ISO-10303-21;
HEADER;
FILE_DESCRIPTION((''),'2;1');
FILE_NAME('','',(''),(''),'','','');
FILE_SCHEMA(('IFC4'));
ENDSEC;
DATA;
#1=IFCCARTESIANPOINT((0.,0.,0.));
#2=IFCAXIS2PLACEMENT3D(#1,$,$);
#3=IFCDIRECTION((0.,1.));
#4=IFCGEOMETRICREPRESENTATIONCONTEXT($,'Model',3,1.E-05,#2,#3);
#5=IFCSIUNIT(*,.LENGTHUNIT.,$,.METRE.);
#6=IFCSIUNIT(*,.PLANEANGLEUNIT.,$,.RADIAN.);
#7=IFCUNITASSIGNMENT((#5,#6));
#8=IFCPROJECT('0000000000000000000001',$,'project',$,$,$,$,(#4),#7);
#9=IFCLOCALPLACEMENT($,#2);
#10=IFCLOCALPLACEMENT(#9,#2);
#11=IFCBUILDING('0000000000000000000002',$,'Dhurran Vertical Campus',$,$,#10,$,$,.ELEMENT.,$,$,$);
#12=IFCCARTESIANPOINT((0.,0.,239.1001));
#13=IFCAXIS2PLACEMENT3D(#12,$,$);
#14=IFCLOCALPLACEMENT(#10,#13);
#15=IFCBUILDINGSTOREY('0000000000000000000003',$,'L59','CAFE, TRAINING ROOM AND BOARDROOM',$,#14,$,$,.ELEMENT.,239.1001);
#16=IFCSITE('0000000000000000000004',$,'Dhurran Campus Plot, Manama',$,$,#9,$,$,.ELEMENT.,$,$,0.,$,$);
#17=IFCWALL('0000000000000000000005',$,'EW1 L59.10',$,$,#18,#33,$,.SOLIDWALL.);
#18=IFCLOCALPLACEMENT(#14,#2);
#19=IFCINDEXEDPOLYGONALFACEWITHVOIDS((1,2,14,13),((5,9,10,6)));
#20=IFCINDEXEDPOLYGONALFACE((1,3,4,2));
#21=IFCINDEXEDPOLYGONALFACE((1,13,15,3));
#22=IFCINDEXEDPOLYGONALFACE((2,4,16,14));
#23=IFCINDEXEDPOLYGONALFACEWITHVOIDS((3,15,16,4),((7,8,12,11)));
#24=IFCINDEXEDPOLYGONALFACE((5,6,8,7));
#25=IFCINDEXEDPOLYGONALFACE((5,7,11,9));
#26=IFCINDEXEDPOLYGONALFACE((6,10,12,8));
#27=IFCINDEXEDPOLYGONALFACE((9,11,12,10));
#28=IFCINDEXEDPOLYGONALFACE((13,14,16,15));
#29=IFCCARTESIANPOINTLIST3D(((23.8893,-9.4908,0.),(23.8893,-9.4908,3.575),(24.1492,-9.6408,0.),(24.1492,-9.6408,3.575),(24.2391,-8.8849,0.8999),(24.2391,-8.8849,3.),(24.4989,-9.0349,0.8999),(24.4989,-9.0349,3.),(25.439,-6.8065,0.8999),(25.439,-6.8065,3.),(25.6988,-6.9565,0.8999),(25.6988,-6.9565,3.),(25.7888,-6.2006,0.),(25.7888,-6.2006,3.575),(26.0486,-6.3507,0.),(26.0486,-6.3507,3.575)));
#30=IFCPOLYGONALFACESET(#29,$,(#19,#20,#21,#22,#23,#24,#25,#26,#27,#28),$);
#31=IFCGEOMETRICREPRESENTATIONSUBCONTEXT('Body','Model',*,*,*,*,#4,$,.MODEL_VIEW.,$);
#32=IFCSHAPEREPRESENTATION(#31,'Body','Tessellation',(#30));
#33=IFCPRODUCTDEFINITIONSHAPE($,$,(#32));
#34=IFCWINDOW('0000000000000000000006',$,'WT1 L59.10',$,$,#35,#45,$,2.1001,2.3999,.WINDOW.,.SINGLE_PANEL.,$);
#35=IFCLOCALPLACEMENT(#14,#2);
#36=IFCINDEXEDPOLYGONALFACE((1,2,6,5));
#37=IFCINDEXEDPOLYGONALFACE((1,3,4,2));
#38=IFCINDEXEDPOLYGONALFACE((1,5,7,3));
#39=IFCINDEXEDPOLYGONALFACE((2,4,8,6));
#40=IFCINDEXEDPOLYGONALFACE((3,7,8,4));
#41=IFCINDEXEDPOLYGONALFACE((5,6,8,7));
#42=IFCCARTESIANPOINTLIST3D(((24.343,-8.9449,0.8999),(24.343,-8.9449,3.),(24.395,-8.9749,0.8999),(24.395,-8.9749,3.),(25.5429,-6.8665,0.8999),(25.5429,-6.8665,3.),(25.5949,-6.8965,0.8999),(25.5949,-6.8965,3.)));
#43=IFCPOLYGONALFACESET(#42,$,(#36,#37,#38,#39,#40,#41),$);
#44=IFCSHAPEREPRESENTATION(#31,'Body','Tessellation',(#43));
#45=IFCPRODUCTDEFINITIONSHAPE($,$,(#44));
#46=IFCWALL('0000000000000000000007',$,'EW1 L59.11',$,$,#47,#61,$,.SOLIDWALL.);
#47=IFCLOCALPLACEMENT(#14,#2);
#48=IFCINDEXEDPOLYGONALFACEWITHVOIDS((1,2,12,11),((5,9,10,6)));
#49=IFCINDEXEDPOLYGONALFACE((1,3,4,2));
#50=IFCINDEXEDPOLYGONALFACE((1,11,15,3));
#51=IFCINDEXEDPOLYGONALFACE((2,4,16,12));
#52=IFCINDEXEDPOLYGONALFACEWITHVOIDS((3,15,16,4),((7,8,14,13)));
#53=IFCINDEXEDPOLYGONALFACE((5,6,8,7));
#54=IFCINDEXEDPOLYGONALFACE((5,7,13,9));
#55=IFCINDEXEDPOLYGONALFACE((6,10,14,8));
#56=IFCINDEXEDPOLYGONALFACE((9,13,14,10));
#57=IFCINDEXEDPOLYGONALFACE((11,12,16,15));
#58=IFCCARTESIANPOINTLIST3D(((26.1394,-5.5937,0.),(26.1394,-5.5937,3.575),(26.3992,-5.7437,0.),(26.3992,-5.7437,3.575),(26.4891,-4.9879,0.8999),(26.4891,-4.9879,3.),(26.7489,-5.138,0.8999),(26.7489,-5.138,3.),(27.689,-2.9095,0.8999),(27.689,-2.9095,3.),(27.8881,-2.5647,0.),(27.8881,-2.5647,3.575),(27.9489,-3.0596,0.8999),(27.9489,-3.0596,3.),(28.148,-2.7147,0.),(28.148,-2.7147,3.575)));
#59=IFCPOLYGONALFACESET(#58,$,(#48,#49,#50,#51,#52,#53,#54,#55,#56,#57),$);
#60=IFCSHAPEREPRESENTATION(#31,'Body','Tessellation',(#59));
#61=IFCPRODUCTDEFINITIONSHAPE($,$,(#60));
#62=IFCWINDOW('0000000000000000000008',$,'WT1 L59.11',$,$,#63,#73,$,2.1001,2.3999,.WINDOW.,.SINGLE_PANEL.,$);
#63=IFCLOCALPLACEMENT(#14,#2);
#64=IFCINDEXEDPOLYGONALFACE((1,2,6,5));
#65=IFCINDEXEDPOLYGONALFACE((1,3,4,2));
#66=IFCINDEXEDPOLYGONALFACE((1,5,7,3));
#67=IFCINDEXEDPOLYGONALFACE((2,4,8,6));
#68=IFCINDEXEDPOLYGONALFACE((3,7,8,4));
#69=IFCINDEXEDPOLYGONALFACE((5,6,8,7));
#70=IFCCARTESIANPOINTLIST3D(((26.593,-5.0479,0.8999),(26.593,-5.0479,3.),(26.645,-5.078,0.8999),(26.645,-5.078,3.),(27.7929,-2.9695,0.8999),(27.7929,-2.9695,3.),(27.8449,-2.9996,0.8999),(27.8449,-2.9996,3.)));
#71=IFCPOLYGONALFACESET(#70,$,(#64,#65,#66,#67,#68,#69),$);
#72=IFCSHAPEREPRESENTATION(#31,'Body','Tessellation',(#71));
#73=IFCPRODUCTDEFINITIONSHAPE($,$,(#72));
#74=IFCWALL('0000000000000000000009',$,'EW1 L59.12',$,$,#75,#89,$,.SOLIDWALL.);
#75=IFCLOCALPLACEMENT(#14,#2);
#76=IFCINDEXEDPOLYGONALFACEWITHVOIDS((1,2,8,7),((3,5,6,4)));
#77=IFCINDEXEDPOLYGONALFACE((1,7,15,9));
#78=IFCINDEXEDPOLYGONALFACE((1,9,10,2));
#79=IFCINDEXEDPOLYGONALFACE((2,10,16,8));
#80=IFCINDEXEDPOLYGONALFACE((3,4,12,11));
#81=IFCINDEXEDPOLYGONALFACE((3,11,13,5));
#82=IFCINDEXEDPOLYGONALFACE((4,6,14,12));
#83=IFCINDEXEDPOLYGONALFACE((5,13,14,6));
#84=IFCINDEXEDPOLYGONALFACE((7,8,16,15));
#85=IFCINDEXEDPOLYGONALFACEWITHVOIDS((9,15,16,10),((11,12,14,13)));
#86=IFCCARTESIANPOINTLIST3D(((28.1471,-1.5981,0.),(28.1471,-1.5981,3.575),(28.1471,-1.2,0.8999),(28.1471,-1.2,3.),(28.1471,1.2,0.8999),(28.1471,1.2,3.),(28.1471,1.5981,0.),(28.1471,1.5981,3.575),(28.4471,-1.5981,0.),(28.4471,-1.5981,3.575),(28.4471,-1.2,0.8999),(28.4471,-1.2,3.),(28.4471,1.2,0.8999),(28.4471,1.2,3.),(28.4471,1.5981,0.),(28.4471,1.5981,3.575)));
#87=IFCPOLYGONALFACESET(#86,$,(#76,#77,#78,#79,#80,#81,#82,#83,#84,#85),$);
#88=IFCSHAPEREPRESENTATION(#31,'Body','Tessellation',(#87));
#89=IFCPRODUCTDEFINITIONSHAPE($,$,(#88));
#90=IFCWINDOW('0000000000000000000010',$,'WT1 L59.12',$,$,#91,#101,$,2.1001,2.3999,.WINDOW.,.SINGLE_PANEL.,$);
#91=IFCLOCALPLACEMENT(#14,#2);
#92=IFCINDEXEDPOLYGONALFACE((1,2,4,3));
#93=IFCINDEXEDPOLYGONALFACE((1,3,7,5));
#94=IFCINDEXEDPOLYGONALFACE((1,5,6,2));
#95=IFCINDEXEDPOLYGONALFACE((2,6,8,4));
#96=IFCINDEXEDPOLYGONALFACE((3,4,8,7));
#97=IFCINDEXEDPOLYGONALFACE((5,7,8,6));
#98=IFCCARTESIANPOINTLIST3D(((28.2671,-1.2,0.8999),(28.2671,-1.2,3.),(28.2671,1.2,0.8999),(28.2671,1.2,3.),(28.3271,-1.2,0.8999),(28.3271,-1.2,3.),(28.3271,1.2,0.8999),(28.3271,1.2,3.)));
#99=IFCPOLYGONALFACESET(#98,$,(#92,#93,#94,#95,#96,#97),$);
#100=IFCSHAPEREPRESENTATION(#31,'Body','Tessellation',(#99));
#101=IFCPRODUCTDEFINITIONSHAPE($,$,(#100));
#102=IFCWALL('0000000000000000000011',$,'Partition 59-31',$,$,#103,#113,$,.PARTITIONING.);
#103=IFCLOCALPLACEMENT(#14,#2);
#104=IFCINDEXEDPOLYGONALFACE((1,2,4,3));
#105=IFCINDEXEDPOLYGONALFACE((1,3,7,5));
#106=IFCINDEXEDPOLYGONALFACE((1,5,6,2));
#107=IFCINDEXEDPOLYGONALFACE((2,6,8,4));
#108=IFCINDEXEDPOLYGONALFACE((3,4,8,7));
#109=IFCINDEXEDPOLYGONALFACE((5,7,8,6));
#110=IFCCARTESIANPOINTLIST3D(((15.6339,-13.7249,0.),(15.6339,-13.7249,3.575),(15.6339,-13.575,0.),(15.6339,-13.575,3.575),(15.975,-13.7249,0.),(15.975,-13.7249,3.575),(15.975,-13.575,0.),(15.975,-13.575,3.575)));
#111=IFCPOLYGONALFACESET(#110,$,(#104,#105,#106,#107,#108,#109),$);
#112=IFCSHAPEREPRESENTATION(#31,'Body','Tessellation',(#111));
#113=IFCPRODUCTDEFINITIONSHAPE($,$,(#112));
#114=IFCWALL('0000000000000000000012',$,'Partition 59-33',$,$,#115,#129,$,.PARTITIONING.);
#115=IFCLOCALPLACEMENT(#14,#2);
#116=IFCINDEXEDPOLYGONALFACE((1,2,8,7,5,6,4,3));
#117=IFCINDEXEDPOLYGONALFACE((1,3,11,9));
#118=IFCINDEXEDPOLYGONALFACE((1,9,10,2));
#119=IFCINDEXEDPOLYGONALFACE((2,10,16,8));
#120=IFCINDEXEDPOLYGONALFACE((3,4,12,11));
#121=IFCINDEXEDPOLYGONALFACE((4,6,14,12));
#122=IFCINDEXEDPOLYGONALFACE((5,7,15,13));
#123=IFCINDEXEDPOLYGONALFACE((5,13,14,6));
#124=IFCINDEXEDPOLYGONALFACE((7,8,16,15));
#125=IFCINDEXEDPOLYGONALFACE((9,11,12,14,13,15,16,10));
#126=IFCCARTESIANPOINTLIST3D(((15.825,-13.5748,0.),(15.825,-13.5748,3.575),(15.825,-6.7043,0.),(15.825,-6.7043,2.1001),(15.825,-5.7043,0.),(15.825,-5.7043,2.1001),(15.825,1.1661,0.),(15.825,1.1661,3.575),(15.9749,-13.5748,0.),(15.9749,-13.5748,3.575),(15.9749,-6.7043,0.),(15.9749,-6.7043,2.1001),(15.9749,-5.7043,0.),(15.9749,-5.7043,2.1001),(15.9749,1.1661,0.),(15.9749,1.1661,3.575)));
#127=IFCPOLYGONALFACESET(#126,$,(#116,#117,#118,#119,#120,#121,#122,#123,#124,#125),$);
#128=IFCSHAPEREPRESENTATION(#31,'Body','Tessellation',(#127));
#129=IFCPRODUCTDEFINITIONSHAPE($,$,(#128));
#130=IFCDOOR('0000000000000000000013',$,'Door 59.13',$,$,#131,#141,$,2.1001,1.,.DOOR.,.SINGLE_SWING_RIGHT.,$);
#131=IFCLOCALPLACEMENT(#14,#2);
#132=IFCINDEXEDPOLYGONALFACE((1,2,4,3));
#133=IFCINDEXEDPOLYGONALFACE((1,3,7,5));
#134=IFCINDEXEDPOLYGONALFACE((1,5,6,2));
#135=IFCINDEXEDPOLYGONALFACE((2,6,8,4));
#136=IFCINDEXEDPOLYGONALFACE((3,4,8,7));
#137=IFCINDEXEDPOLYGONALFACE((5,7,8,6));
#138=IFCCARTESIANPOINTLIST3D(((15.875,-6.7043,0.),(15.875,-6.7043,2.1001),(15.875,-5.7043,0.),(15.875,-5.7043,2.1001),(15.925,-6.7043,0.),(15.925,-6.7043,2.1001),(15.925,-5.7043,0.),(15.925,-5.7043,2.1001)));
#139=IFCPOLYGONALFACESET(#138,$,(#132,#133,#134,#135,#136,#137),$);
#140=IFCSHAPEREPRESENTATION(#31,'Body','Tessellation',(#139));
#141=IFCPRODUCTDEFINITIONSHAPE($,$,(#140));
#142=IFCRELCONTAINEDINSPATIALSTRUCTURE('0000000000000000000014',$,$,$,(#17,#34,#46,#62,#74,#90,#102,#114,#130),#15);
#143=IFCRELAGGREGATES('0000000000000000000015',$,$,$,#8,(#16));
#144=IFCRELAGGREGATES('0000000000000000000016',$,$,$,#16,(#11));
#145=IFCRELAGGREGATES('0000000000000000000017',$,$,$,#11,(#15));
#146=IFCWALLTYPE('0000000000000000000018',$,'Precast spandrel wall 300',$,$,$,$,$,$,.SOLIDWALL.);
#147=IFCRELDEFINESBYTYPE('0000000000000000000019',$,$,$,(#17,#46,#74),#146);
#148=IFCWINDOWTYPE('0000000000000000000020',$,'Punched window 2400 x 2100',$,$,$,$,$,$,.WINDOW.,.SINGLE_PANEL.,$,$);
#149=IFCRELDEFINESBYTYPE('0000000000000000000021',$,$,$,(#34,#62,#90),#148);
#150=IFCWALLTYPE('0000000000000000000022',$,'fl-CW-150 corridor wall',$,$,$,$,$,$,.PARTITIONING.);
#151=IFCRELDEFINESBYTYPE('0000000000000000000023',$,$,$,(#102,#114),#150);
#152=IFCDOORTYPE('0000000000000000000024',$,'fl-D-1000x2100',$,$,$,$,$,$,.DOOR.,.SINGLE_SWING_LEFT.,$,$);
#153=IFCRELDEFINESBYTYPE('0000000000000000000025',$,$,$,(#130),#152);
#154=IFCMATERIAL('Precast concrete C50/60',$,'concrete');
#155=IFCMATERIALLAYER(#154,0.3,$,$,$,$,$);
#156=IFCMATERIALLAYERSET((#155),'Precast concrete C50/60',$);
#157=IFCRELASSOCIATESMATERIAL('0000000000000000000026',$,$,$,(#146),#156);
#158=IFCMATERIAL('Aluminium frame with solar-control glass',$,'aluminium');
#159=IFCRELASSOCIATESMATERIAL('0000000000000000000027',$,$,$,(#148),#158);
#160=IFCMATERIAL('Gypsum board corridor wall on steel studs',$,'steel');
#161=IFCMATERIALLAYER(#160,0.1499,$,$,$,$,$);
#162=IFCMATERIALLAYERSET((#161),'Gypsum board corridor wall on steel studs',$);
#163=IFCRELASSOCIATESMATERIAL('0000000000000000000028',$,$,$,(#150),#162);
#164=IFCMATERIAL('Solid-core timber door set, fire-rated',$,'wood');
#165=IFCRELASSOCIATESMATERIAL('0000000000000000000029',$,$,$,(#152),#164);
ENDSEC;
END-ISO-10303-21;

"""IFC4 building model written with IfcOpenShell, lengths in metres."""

from ifc_helpers import new_model, si_unit, direction, frame, frame_2d, origin, place, context, subcontext, project, spatial, rectangle, extrude, material, layer, layer_set, type_object, element, fill, save


model = new_model("IFC4")

# Units and contexts
model_context = context("Model", 3, precision=1e-05, world=origin(), true_north=direction((0.0, 1.0)))
body_context = subcontext(model_context, "Body", "Model", "MODEL_VIEW")
ifc_project = project(units=[si_unit("LENGTHUNIT", "METRE"), si_unit("PLANEANGLEUNIT", "RADIAN")], contexts=[model_context])

# Site, building, storey
site_placement = place(None, origin())
site = spatial("IfcSite", under=ifc_project, at=site_placement, Name="Dhurran Campus Plot, Manama", CompositionType="ELEMENT", RefElevation=0.0)
building_placement = place(site_placement, origin())
building = spatial("IfcBuilding", under=site, at=building_placement, Name="Dhurran Vertical Campus", CompositionType="ELEMENT")
storey_placement = place(building_placement, frame((0.0, 0.0, 239.1001)))
storey = spatial("IfcBuildingStorey", under=building, at=storey_placement, Name="L59", Description="CAFE, TRAINING ROOM AND BOARDROOM", CompositionType="ELEMENT", Elevation=239.1001)

# Walls, openings, windows
ifc_material_1 = material(Name="Precast concrete C50/60", Category="concrete")
ifc_layer_1 = layer(ifc_material_1, 0.3)
ifc_layer_set_1 = layer_set([ifc_layer_1], Name="Precast concrete C50/60")
wall_type_1 = type_object("IfcWallType", Name="Precast spandrel wall 300", PredefinedType="SOLIDWALL", material=ifc_layer_set_1)
ifc_material_2 = material(Name="Aluminium frame with solar-control glass", Category="aluminium")
window_type = type_object("IfcWindowType", Name="Punched window 2400 x 2100", PartitioningType="SINGLE_PANEL", PredefinedType="WINDOW", material=ifc_material_2)
wall_1_placement = place(storey_placement, frame((24.0193, -9.5657, 0.0), z_axis=(0.0, 0.0, 1.0), x_axis=(0.499982, 0.866036, 0.0)))
wall_1 = element("IfcWall", 1, at=wall_1_placement, inside=storey, type_object=wall_type_1, Name="EW1 L59.10", PredefinedType="SOLIDWALL", context=body_context, shape_type="SweptSolid", body=[
    extrude(rectangle(XDim=3.7991, YDim=0.3, at=frame_2d((1.8994, 0.0))), origin(), (0.0, 0.0, 1.0), 3.575),
])
opening_1_placement = place(wall_1_placement, frame((0.6995, 0.0, 0.8999)))
opening_1 = element("IfcOpeningElement", 2, at=opening_1_placement, cuts=wall_1, PredefinedType="OPENING", context=body_context, shape_type="SweptSolid", body=[
    extrude(rectangle(XDim=2.3999, YDim=2.1001, at=frame_2d((1.2, 1.05))), frame((0.0, 0.1599, 0.0), z_axis=(0.0, -1.0, 0.0), x_axis=(1.0, 0.0, 0.0)), (0.0, 0.0, 1.0), 0.3201),
])
window_1_placement = place(opening_1_placement, origin())
window_1 = element("IfcWindow", 3, at=window_1_placement, inside=storey, type_object=window_type, Name="WT1 L59.10", OverallHeight=2.1001, OverallWidth=2.3999, PartitioningType="SINGLE_PANEL", PredefinedType="WINDOW", context=body_context, shape_type="SweptSolid", body=[
    extrude(rectangle(XDim=2.3999, YDim=2.1001, at=frame_2d((1.2, 1.05))), frame((0.0, 0.03, 0.0), z_axis=(0.0, -1.0, 0.0), x_axis=(1.0, 0.0, 0.0)), (0.0, 0.0, 1.0), 0.0601),
])
fill(opening_1, window_1)
wall_2_placement = place(storey_placement, frame((26.2693, -5.6687, 0.0), z_axis=(0.0, 0.0, 1.0), x_axis=(0.49999, 0.866031, 0.0)))
wall_2 = element("IfcWall", 4, at=wall_2_placement, inside=storey, type_object=wall_type_1, Name="EW1 L59.11", PredefinedType="SOLIDWALL", context=body_context, shape_type="SweptSolid", body=[
    extrude(rectangle(XDim=3.4976, YDim=0.3, at=frame_2d((1.7488, 0.0))), origin(), (0.0, 0.0, 1.0), 3.575),
])
opening_2_placement = place(wall_2_placement, frame((0.6995, 0.0, 0.8999)))
opening_2 = element("IfcOpeningElement", 5, at=opening_2_placement, cuts=wall_2, PredefinedType="OPENING", context=body_context, shape_type="SweptSolid", body=[
    extrude(rectangle(XDim=2.3999, YDim=2.1001, at=frame_2d((1.2, 1.05))), frame((0.0, 0.1599, 0.0), z_axis=(0.0, -1.0, 0.0), x_axis=(1.0, 0.0, 0.0)), (0.0, 0.0, 1.0), 0.3201),
])
window_2_placement = place(opening_2_placement, origin())
window_2 = element("IfcWindow", 6, at=window_2_placement, inside=storey, type_object=window_type, Name="WT1 L59.11", OverallHeight=2.1001, OverallWidth=2.3999, PartitioningType="SINGLE_PANEL", PredefinedType="WINDOW", context=body_context, shape_type="SweptSolid", body=[
    extrude(rectangle(XDim=2.3999, YDim=2.1001, at=frame_2d((1.2, 1.05))), frame((0.0, 0.03, 0.0), z_axis=(0.0, -1.0, 0.0), x_axis=(1.0, 0.0, 0.0)), (0.0, 0.0, 1.0), 0.0601),
])
fill(opening_2, window_2)
wall_3_placement = place(storey_placement, frame((28.2971, -1.5981, 0.0), z_axis=(0.0, 0.0, 1.0), x_axis=(0.0, 1.0, 0.0)))
wall_3 = element("IfcWall", 7, at=wall_3_placement, inside=storey, type_object=wall_type_1, Name="EW1 L59.12", PredefinedType="SOLIDWALL", context=body_context, shape_type="SweptSolid", body=[
    extrude(rectangle(XDim=3.1963, YDim=0.3, at=frame_2d((1.5981, 0.0))), origin(), (0.0, 0.0, 1.0), 3.575),
])
opening_3_placement = place(wall_3_placement, frame((0.3982, 0.0, 0.8999)))
opening_3 = element("IfcOpeningElement", 8, at=opening_3_placement, cuts=wall_3, PredefinedType="OPENING", context=body_context, shape_type="SweptSolid", body=[
    extrude(rectangle(XDim=2.3999, YDim=2.1001, at=frame_2d((1.2, 1.05))), frame((0.0, 0.1599, 0.0), z_axis=(0.0, -1.0, 0.0), x_axis=(1.0, 0.0, 0.0)), (0.0, 0.0, 1.0), 0.3201),
])
window_3_placement = place(opening_3_placement, origin())
window_3 = element("IfcWindow", 9, at=window_3_placement, inside=storey, type_object=window_type, Name="WT1 L59.12", OverallHeight=2.1001, OverallWidth=2.3999, PartitioningType="SINGLE_PANEL", PredefinedType="WINDOW", context=body_context, shape_type="SweptSolid", body=[
    extrude(rectangle(XDim=2.3999, YDim=2.1001, at=frame_2d((1.2, 1.05))), frame((0.0, 0.03, 0.0), z_axis=(0.0, -1.0, 0.0), x_axis=(1.0, 0.0, 0.0)), (0.0, 0.0, 1.0), 0.0601),
])
fill(opening_3, window_3)

# Wall
ifc_material_3 = material(Name="Gypsum board corridor wall on steel studs", Category="steel")
ifc_layer_2 = layer(ifc_material_3, 0.1499)
ifc_layer_set_2 = layer_set([ifc_layer_2], Name="Gypsum board corridor wall on steel studs")
wall_type_2 = type_object("IfcWallType", Name="fl-CW-150 corridor wall", PredefinedType="PARTITIONING", material=ifc_layer_set_2)
wall_4_placement = place(storey_placement, frame((15.634, -13.6499, 0.0), z_axis=(0.0, 0.0, 1.0), x_axis=(1.0, 0.0, 0.0)))
element("IfcWall", 10, at=wall_4_placement, inside=storey, type_object=wall_type_2, Name="Partition 59-31", PredefinedType="PARTITIONING", context=body_context, shape_type="SweptSolid", body=[
    extrude(rectangle(XDim=0.3411, YDim=0.1499, at=frame_2d((0.1704, 0.0))), origin(), (0.0, 0.0, 1.0), 3.575),
])

# Wall, opening, door
wall_5_placement = place(storey_placement, frame((15.8999, -13.575, 0.0), z_axis=(0.0, 0.0, 1.0), x_axis=(0.0, 1.0, 0.0)))
wall_5 = element("IfcWall", 11, at=wall_5_placement, inside=storey, type_object=wall_type_2, Name="Partition 59-33", PredefinedType="PARTITIONING", context=body_context, shape_type="SweptSolid", body=[
    extrude(rectangle(XDim=14.741, YDim=0.1499, at=frame_2d((7.3706, 0.0))), origin(), (0.0, 0.0, 1.0), 3.575),
])
opening_4_placement = place(wall_5_placement, frame((6.8706, 0.0, 0.0)))
opening_4 = element("IfcOpeningElement", 12, at=opening_4_placement, cuts=wall_5, PredefinedType="OPENING", context=body_context, shape_type="SweptSolid", body=[
    extrude(rectangle(XDim=1.0, YDim=2.1001, at=frame_2d((0.5, 1.05))), frame((0.0, 0.085, 0.0), z_axis=(0.0, -1.0, 0.0), x_axis=(1.0, 0.0, 0.0)), (0.0, 0.0, 1.0), 0.1699),
])
ifc_material_4 = material(Name="Solid-core timber door set, fire-rated", Category="wood")
door_type = type_object("IfcDoorType", Name="fl-D-1000x2100", OperationType="SINGLE_SWING_LEFT", PredefinedType="DOOR", material=ifc_material_4)
door_placement = place(opening_4_placement, origin())
door = element("IfcDoor", 13, at=door_placement, inside=storey, type_object=door_type, Name="Door 59.13", OperationType="SINGLE_SWING_RIGHT", OverallHeight=2.1001, OverallWidth=1.0, PredefinedType="DOOR", context=body_context, shape_type="SweptSolid", body=[
    extrude(rectangle(XDim=1.0, YDim=2.1001, at=frame_2d((0.5, 1.05))), frame((0.0, 0.0249, 0.0), z_axis=(0.0, -1.0, 0.0), x_axis=(1.0, 0.0, 0.0)), (0.0, 0.0, 1.0), 0.05),
])
fill(opening_4, door)

save(model, "model.ifc")
